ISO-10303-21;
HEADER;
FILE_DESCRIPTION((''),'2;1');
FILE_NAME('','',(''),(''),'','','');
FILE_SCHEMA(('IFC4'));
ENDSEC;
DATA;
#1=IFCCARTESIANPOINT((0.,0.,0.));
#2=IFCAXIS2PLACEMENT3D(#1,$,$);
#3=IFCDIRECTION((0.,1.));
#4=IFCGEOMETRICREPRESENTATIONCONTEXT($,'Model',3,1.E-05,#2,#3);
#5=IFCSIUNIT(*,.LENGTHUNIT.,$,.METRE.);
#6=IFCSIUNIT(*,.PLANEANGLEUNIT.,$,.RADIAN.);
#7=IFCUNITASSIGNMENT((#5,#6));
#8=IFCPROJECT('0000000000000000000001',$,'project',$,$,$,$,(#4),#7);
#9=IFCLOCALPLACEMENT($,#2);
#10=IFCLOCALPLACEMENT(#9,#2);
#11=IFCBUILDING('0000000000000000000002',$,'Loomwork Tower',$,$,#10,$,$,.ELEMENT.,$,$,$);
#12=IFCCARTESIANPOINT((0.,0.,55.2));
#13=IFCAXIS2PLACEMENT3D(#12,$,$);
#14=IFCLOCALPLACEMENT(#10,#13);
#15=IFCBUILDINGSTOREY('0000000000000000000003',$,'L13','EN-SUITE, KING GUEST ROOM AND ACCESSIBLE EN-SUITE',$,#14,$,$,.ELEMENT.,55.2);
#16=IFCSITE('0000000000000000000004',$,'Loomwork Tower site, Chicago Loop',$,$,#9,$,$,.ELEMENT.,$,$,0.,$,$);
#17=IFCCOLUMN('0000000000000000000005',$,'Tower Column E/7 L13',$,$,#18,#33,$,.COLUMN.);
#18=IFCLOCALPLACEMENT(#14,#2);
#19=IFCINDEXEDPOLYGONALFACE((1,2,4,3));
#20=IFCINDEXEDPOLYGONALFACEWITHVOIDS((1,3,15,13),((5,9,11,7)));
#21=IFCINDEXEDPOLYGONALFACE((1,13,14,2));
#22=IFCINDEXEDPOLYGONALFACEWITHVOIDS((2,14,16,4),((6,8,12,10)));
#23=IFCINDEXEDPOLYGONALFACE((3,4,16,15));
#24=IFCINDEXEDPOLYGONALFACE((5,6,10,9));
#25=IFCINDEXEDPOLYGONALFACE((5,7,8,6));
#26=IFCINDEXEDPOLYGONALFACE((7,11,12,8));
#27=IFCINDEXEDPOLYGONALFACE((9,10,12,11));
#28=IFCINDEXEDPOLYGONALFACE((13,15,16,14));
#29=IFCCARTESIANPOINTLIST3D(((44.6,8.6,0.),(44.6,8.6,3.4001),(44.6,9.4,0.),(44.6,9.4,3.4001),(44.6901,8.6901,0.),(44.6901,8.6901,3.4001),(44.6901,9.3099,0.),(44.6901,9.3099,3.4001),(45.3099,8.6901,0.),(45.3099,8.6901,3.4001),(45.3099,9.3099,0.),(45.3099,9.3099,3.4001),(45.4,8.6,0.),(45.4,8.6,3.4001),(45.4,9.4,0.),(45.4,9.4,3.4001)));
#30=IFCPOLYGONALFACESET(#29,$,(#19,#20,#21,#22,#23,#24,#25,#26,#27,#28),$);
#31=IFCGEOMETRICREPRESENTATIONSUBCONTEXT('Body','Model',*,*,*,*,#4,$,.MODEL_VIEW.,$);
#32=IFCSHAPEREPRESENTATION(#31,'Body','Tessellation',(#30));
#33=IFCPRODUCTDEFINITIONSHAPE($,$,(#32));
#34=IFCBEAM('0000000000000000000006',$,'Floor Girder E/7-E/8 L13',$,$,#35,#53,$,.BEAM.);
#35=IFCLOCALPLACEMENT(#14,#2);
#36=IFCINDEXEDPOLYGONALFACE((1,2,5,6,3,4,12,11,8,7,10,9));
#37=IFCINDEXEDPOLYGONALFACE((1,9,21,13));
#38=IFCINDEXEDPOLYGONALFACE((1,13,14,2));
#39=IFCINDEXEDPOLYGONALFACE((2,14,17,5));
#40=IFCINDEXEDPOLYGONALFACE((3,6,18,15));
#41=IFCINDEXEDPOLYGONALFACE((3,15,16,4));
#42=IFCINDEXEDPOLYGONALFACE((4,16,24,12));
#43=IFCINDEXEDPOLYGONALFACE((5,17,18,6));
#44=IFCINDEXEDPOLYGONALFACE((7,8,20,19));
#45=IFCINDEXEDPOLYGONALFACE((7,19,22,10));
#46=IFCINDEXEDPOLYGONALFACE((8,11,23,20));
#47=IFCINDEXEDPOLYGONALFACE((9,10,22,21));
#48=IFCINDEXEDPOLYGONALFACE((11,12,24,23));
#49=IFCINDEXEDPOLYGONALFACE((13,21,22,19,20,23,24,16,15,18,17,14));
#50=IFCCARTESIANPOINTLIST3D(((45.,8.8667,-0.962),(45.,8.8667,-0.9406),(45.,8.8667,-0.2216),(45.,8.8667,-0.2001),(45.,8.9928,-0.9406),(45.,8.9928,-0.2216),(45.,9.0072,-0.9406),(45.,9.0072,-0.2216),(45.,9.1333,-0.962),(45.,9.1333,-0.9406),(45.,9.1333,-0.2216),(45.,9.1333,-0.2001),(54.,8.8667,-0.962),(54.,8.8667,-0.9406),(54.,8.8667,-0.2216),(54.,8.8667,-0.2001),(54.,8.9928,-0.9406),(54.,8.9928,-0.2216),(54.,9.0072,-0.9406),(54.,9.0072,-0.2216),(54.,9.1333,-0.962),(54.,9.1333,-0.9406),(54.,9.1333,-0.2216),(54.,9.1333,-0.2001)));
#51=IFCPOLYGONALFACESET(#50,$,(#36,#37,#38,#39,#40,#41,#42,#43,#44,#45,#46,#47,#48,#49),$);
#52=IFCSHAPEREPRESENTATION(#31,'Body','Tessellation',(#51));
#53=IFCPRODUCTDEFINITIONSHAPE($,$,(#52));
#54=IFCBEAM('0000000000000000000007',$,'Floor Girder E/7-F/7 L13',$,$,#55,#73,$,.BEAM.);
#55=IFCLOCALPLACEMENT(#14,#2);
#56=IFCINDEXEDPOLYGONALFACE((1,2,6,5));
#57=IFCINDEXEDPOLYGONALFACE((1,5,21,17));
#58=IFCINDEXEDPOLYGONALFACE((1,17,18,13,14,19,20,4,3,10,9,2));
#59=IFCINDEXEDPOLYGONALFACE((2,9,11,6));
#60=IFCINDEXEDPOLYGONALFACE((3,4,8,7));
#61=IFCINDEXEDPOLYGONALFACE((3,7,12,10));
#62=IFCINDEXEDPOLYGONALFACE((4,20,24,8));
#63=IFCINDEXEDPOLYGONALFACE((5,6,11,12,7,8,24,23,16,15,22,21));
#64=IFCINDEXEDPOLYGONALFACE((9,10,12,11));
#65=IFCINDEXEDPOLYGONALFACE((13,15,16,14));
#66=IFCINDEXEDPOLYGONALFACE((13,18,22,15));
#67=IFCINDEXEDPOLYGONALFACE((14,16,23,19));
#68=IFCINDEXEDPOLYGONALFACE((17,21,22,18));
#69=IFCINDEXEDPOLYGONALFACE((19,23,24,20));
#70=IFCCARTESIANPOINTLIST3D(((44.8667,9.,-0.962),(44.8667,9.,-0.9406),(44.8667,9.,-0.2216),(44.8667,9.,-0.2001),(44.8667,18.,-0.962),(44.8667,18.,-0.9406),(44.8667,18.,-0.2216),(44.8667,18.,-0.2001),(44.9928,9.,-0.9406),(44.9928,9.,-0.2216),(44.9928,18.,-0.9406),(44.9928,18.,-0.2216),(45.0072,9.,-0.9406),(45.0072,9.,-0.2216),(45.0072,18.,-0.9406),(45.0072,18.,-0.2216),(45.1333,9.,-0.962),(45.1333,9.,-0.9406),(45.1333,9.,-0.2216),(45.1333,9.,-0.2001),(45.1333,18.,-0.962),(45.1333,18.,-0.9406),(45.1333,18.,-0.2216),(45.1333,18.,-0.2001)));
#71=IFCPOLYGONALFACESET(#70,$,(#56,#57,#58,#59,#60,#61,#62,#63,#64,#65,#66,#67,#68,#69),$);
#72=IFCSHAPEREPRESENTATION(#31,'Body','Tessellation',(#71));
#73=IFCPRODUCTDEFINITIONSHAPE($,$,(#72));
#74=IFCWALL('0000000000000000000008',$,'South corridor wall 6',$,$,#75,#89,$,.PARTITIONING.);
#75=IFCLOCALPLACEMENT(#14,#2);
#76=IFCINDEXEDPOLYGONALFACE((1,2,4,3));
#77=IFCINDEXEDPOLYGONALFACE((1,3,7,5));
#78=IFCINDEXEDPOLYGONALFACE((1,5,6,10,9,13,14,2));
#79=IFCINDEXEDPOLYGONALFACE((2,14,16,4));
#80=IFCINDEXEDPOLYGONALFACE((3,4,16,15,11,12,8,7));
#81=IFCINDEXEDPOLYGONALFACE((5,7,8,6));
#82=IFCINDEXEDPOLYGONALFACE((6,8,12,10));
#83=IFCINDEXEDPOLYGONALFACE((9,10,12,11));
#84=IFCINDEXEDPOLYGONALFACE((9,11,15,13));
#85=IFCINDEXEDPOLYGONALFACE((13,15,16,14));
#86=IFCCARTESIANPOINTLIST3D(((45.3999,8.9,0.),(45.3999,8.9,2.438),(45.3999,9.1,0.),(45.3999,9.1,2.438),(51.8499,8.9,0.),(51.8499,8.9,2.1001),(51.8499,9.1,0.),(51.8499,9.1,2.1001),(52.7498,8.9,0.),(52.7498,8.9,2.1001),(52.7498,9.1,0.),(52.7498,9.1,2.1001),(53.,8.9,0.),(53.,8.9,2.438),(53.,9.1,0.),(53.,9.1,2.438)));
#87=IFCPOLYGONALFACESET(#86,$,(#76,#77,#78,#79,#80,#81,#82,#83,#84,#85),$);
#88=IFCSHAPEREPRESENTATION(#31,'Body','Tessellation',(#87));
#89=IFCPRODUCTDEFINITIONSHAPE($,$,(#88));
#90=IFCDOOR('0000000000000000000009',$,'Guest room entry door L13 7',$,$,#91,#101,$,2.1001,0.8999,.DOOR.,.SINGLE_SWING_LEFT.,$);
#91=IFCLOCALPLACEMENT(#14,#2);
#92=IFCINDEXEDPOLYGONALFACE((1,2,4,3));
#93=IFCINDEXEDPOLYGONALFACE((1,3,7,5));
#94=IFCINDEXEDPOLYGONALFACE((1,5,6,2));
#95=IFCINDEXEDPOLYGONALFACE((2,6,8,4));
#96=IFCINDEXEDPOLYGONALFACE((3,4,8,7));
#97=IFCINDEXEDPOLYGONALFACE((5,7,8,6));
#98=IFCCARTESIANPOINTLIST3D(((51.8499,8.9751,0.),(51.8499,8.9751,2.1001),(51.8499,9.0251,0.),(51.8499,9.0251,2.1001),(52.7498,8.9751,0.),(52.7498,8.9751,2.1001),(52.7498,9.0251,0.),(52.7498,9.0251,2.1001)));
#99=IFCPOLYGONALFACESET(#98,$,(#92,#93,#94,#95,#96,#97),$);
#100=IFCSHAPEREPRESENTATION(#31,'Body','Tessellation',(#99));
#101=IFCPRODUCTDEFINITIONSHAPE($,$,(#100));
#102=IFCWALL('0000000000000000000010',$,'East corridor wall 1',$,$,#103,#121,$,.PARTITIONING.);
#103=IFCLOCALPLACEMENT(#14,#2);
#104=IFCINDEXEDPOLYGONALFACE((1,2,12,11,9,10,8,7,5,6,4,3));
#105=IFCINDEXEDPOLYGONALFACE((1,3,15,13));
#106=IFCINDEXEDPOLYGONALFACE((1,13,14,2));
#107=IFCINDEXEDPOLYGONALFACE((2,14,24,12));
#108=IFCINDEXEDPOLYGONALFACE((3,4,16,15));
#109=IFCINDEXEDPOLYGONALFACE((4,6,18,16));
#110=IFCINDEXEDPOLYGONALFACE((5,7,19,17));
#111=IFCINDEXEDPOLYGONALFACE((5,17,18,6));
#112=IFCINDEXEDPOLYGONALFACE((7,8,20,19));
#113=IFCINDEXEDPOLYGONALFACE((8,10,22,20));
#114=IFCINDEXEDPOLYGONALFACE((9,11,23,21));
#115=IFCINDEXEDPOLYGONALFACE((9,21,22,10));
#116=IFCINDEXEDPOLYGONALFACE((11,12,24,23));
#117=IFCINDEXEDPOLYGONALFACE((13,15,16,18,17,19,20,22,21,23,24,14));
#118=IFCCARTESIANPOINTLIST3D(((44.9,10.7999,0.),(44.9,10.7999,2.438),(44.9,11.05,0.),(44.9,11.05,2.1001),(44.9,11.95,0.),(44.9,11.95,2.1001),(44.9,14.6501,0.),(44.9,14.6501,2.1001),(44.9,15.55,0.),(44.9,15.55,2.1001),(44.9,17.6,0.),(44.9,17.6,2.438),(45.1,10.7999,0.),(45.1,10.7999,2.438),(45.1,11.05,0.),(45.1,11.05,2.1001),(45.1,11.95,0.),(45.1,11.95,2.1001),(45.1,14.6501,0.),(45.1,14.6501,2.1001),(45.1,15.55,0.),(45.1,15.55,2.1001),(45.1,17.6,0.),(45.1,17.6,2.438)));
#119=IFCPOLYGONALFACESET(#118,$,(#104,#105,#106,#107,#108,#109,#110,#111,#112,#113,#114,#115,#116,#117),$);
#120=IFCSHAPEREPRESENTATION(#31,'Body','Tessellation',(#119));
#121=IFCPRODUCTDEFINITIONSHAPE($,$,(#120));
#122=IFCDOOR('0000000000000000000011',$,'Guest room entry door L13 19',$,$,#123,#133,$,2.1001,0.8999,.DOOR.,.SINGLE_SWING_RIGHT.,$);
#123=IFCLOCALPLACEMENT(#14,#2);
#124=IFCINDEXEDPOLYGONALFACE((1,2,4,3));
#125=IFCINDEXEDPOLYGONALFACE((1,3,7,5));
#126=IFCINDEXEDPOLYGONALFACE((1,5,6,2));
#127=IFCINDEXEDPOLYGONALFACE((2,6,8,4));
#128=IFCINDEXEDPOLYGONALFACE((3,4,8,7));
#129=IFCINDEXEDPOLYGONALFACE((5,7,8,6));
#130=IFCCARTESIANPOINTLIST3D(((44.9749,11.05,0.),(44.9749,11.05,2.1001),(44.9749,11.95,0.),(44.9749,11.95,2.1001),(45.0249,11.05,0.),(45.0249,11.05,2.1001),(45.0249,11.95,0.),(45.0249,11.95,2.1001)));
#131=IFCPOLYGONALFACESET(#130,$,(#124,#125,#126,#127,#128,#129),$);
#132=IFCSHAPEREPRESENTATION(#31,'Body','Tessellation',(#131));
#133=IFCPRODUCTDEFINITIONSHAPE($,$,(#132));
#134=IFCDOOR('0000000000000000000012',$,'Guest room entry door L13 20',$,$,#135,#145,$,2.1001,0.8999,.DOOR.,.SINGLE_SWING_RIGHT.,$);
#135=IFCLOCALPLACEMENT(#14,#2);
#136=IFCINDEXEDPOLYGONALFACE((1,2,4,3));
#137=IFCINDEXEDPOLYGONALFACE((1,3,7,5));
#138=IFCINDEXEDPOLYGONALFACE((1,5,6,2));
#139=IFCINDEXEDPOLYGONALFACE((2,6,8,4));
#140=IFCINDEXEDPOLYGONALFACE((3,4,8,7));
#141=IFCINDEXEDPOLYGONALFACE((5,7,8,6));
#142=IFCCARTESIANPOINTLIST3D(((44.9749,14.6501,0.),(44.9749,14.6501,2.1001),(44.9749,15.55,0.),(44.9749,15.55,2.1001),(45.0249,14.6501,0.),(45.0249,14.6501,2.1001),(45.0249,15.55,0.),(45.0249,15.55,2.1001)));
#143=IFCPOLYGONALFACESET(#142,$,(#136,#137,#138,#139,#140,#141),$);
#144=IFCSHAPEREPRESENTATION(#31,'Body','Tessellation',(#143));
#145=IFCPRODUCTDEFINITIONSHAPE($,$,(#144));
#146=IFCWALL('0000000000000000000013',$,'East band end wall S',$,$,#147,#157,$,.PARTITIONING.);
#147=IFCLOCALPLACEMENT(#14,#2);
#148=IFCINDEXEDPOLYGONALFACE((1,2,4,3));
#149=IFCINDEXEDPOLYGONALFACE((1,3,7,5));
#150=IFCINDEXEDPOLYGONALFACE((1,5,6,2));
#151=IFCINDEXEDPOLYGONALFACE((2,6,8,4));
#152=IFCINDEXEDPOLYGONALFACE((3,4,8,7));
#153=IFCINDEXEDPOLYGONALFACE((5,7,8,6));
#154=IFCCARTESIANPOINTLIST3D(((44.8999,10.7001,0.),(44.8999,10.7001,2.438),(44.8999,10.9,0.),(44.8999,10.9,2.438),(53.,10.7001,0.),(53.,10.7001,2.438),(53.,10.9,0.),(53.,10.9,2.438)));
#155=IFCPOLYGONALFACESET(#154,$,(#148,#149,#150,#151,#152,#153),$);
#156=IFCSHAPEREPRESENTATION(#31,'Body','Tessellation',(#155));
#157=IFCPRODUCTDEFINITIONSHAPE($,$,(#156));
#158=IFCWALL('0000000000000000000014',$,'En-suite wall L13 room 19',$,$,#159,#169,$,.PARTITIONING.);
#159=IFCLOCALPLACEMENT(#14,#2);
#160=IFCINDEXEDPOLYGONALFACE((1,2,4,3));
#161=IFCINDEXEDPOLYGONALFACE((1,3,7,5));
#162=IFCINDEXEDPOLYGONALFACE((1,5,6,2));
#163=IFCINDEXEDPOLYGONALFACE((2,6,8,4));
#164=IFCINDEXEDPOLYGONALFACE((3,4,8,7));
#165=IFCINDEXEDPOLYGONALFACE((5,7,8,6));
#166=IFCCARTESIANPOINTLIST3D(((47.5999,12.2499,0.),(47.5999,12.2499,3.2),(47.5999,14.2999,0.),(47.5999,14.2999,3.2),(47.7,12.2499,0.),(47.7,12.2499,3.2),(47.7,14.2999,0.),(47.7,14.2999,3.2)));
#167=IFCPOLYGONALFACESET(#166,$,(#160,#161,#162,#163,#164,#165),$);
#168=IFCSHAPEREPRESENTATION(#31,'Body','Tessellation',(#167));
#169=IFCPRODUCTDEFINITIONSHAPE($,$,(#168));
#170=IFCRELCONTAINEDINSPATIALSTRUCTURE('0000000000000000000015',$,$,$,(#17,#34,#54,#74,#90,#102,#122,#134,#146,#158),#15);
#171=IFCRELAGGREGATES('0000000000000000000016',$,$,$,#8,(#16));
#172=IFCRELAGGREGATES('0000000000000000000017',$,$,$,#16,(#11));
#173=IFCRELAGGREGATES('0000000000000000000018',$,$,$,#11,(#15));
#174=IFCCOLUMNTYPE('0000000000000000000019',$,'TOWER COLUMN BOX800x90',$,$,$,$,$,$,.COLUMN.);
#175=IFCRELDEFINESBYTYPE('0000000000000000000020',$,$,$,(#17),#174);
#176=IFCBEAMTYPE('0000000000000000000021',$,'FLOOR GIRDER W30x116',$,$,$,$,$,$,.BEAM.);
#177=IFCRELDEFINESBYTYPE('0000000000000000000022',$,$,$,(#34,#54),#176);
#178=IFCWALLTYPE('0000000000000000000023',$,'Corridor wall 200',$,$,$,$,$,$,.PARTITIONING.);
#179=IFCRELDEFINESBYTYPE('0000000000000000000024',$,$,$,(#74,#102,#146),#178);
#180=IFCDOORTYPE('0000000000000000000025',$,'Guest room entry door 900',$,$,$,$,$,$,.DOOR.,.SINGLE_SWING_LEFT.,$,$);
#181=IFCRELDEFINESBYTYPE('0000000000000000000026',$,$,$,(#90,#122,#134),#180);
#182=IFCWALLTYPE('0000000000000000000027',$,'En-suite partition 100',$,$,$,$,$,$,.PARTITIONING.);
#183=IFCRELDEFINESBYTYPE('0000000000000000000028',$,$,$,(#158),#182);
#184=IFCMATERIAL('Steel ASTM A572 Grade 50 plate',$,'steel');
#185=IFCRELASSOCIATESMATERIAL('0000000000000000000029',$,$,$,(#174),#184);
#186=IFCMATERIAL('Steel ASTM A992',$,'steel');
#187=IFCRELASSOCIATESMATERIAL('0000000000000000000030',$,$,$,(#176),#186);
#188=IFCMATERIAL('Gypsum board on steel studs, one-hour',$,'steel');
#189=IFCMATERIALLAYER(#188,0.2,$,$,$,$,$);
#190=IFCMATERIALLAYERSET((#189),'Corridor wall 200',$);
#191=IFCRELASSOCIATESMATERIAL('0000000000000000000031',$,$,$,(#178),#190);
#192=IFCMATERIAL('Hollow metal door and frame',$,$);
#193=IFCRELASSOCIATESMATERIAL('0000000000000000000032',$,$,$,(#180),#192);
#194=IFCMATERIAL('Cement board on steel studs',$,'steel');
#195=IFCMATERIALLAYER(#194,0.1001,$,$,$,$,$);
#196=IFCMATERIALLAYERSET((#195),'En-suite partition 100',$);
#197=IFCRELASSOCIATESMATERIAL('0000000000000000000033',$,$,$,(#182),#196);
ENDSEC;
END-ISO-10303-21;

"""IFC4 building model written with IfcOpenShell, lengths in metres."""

from ifc_helpers import new_model, si_unit, direction, frame, frame_2d, origin, origin_2d, place, context, subcontext, project, spatial, rectangle, hollow_rectangle, i_section, extrude, material, layer, layer_set, material_profile, profile_set, type_object, element, fill, save


model = new_model("IFC4")

# Units and contexts
model_context = context("Model", 3, precision=1e-05, world=origin(), true_north=direction((0.0, 1.0)))
body_context = subcontext(model_context, "Body", "Model", "MODEL_VIEW")
ifc_project = project(units=[si_unit("LENGTHUNIT", "METRE"), si_unit("PLANEANGLEUNIT", "RADIAN")], contexts=[model_context])

# Site, building, storey
site_placement = place(None, origin())
site = spatial("IfcSite", under=ifc_project, at=site_placement, Name="Loomwork Tower site, Chicago Loop", CompositionType="ELEMENT", RefElevation=0.0)
building_placement = place(site_placement, origin())
building = spatial("IfcBuilding", under=site, at=building_placement, Name="Loomwork Tower", CompositionType="ELEMENT")
storey_placement = place(building_placement, frame((0.0, 0.0, 55.2)))
storey = spatial("IfcBuildingStorey", under=building, at=storey_placement, Name="L13", Description="EN-SUITE, KING GUEST ROOM AND ACCESSIBLE EN-SUITE", CompositionType="ELEMENT", Elevation=55.2)

# Column
ifc_material_1 = material(Name="Steel ASTM A572 Grade 50 plate", Category="steel")
ifc_material_profile_1 = material_profile(ifc_material_1, hollow_rectangle(XDim=0.8, YDim=0.8, WallThickness=0.0901, at=origin_2d()), Name="BOX800x90")
ifc_profile_set_1 = profile_set([ifc_material_profile_1], Name="Steel ASTM A572 Grade 50 plate")
column_type = type_object("IfcColumnType", Name="TOWER COLUMN BOX800x90", PredefinedType="COLUMN", material=ifc_profile_set_1)
column_placement = place(storey_placement, frame((45.0, 9.0, 0.0), z_axis=(0.0, 0.0, 1.0), x_axis=(0.0, 1.0, 0.0)))
element("IfcColumn", 1, at=column_placement, inside=storey, type_object=column_type, Name="Tower Column E/7 L13", PredefinedType="COLUMN", context=body_context, shape_type="SweptSolid", body=[
    extrude(hollow_rectangle(XDim=0.8, YDim=0.8, WallThickness=0.0901, at=origin_2d()), origin(), (0.0, 0.0, 1.0), 3.4001),
])

# Beams
ifc_material_2 = material(Name="Steel ASTM A992", Category="steel")
ifc_material_profile_2 = material_profile(ifc_material_2, i_section(OverallWidth=0.2666, OverallDepth=0.762, WebThickness=0.0144, FlangeThickness=0.0215, at=origin_2d()), Name="W30x116")
ifc_profile_set_2 = profile_set([ifc_material_profile_2], Name="Steel ASTM A992")
beam_type = type_object("IfcBeamType", Name="FLOOR GIRDER W30x116", PredefinedType="BEAM", material=ifc_profile_set_2)
for number, where, z_axis, x_axis, name in (
    (2, (45.0, 9.0, -0.5811), (1.0, 0.0, 0.0), (0.0, 1.0, 0.0), "Floor Girder E/7-E/8 L13"),
    (3, (45.0, 9.0, -0.5811), (0.0, 1.0, 0.0), (-1.0, 0.0, 0.0), "Floor Girder E/7-F/7 L13"),
):
    element("IfcBeam", number, at=place(storey_placement, frame(where, z_axis=z_axis, x_axis=x_axis)), inside=storey, type_object=beam_type, Name=name, PredefinedType="BEAM", context=body_context, shape_type="SweptSolid", body=[
        extrude(i_section(OverallWidth=0.2666, OverallDepth=0.762, WebThickness=0.0144, FlangeThickness=0.0215, at=origin_2d()), origin(), (0.0, 0.0, 1.0), 9.0),
    ])

# Wall, opening, door
ifc_material_3 = material(Name="Gypsum board on steel studs, one-hour", Category="steel")
ifc_layer_1 = layer(ifc_material_3, 0.2)
ifc_layer_set_1 = layer_set([ifc_layer_1], Name="Corridor wall 200")
wall_type_1 = type_object("IfcWallType", Name="Corridor wall 200", PredefinedType="PARTITIONING", material=ifc_layer_set_1)
wall_1_placement = place(storey_placement, frame((45.3999, 9.0, 0.0), z_axis=(0.0, 0.0, 1.0), x_axis=(1.0, 0.0, 0.0)))
wall_1 = element("IfcWall", 4, at=wall_1_placement, inside=storey, type_object=wall_type_1, Name="South corridor wall 6", PredefinedType="PARTITIONING", context=body_context, shape_type="SweptSolid", body=[
    extrude(rectangle(XDim=7.6001, YDim=0.2, at=frame_2d((3.8, 0.0))), origin(), (0.0, 0.0, 1.0), 2.438),
])
opening_1_placement = place(wall_1_placement, frame((6.45, 0.0, 0.0)))
opening_1 = element("IfcOpeningElement", 5, at=opening_1_placement, cuts=wall_1, PredefinedType="OPENING", context=body_context, shape_type="SweptSolid", body=[
    extrude(rectangle(XDim=0.8999, YDim=2.1001, at=frame_2d((0.45, 1.05))), frame((0.0, 0.1099, 0.0), z_axis=(0.0, -1.0, 0.0), x_axis=(1.0, 0.0, 0.0)), (0.0, 0.0, 1.0), 0.22),
])
ifc_material_4 = material(Name="Hollow metal door and frame")
door_type_1 = type_object("IfcDoorType", Name="Guest room entry door 900", OperationType="SINGLE_SWING_LEFT", PredefinedType="DOOR", material=ifc_material_4)
door_1_placement = place(opening_1_placement, frame((0.8999, 0.0, 0.0), z_axis=(0.0, 0.0, 1.0), x_axis=(-1.0, 0.0, 0.0)))
door_1 = element("IfcDoor", 6, at=door_1_placement, inside=storey, type_object=door_type_1, Name="Guest room entry door L13 7", OperationType="SINGLE_SWING_LEFT", OverallHeight=2.1001, OverallWidth=0.8999, PredefinedType="DOOR", context=body_context, shape_type="SweptSolid", body=[
    extrude(rectangle(XDim=0.8999, YDim=2.1001, at=frame_2d((0.45, 1.05))), frame((0.0, 0.0249, 0.0), z_axis=(0.0, -1.0, 0.0), x_axis=(1.0, 0.0, 0.0)), (0.0, 0.0, 1.0), 0.05),
])
fill(opening_1, door_1)

# Wall, openings, doors
wall_2_placement = place(storey_placement, frame((45.0, 10.8, 0.0), z_axis=(0.0, 0.0, 1.0), x_axis=(0.0, 1.0, 0.0)))
wall_2 = element("IfcWall", 7, at=wall_2_placement, inside=storey, type_object=wall_type_1, Name="East corridor wall 1", PredefinedType="PARTITIONING", context=body_context, shape_type="SweptSolid", body=[
    extrude(rectangle(XDim=6.8, YDim=0.2, at=frame_2d((3.3999, 0.0))), origin(), (0.0, 0.0, 1.0), 2.438),
])
opening_2_placement = place(wall_2_placement, frame((0.25, 0.0, 0.0)))
opening_2 = element("IfcOpeningElement", 8, at=opening_2_placement, cuts=wall_2, PredefinedType="OPENING", context=body_context, shape_type="SweptSolid", body=[
    extrude(rectangle(XDim=0.8999, YDim=2.1001, at=frame_2d((0.45, 1.05))), frame((0.0, 0.1099, 0.0), z_axis=(0.0, -1.0, 0.0), x_axis=(1.0, 0.0, 0.0)), (0.0, 0.0, 1.0), 0.22),
])
opening_3_placement = place(wall_2_placement, frame((3.8501, 0.0, 0.0)))
opening_3 = element("IfcOpeningElement", 9, at=opening_3_placement, cuts=wall_2, PredefinedType="OPENING", context=body_context, shape_type="SweptSolid", body=[
    extrude(rectangle(XDim=0.8999, YDim=2.1001, at=frame_2d((0.45, 1.05))), frame((0.0, 0.1099, 0.0), z_axis=(0.0, -1.0, 0.0), x_axis=(1.0, 0.0, 0.0)), (0.0, 0.0, 1.0), 0.22),
])
door_2_placement = place(opening_2_placement, frame((0.8999, 0.0, 0.0), z_axis=(0.0, 0.0, 1.0), x_axis=(-1.0, 0.0, 0.0)))
door_2 = element("IfcDoor", 10, at=door_2_placement, inside=storey, type_object=door_type_1, Name="Guest room entry door L13 19", OperationType="SINGLE_SWING_RIGHT", OverallHeight=2.1001, OverallWidth=0.8999, PredefinedType="DOOR", context=body_context, shape_type="SweptSolid", body=[
    extrude(rectangle(XDim=0.8999, YDim=2.1001, at=frame_2d((0.45, 1.05))), frame((0.0, 0.0249, 0.0), z_axis=(0.0, -1.0, 0.0), x_axis=(1.0, 0.0, 0.0)), (0.0, 0.0, 1.0), 0.05),
])
fill(opening_2, door_2)
door_3_placement = place(opening_3_placement, frame((0.8999, 0.0, 0.0), z_axis=(0.0, 0.0, 1.0), x_axis=(-1.0, 0.0, 0.0)))
door_3 = element("IfcDoor", 11, at=door_3_placement, inside=storey, type_object=door_type_1, Name="Guest room entry door L13 20", OperationType="SINGLE_SWING_RIGHT", OverallHeight=2.1001, OverallWidth=0.8999, PredefinedType="DOOR", context=body_context, shape_type="SweptSolid", body=[
    extrude(rectangle(XDim=0.8999, YDim=2.1001, at=frame_2d((0.45, 1.05))), frame((0.0, 0.0249, 0.0), z_axis=(0.0, -1.0, 0.0), x_axis=(1.0, 0.0, 0.0)), (0.0, 0.0, 1.0), 0.05),
])
fill(opening_3, door_3)

# Walls
wall_3_placement = place(storey_placement, frame((44.8999, 10.8, 0.0), z_axis=(0.0, 0.0, 1.0), x_axis=(1.0, 0.0, 0.0)))
element("IfcWall", 12, at=wall_3_placement, inside=storey, type_object=wall_type_1, Name="East band end wall S", PredefinedType="PARTITIONING", context=body_context, shape_type="SweptSolid", body=[
    extrude(rectangle(XDim=8.1001, YDim=0.2, at=frame_2d((4.05, 0.0))), origin(), (0.0, 0.0, 1.0), 2.438),
])
ifc_material_5 = material(Name="Cement board on steel studs", Category="steel")
ifc_layer_2 = layer(ifc_material_5, 0.1001)
ifc_layer_set_2 = layer_set([ifc_layer_2], Name="En-suite partition 100")
wall_type_2 = type_object("IfcWallType", Name="En-suite partition 100", PredefinedType="PARTITIONING", material=ifc_layer_set_2)
wall_4_placement = place(storey_placement, frame((47.6499, 12.25, 0.0), z_axis=(0.0, 0.0, 1.0), x_axis=(0.0, 1.0, 0.0)))
element("IfcWall", 13, at=wall_4_placement, inside=storey, type_object=wall_type_2, Name="En-suite wall L13 room 19", PredefinedType="PARTITIONING", context=body_context, shape_type="SweptSolid", body=[
    extrude(rectangle(XDim=2.05, YDim=0.1001, at=frame_2d((1.0249, 0.0))), origin(), (0.0, 0.0, 1.0), 3.2),
])

save(model, "model.ifc")
